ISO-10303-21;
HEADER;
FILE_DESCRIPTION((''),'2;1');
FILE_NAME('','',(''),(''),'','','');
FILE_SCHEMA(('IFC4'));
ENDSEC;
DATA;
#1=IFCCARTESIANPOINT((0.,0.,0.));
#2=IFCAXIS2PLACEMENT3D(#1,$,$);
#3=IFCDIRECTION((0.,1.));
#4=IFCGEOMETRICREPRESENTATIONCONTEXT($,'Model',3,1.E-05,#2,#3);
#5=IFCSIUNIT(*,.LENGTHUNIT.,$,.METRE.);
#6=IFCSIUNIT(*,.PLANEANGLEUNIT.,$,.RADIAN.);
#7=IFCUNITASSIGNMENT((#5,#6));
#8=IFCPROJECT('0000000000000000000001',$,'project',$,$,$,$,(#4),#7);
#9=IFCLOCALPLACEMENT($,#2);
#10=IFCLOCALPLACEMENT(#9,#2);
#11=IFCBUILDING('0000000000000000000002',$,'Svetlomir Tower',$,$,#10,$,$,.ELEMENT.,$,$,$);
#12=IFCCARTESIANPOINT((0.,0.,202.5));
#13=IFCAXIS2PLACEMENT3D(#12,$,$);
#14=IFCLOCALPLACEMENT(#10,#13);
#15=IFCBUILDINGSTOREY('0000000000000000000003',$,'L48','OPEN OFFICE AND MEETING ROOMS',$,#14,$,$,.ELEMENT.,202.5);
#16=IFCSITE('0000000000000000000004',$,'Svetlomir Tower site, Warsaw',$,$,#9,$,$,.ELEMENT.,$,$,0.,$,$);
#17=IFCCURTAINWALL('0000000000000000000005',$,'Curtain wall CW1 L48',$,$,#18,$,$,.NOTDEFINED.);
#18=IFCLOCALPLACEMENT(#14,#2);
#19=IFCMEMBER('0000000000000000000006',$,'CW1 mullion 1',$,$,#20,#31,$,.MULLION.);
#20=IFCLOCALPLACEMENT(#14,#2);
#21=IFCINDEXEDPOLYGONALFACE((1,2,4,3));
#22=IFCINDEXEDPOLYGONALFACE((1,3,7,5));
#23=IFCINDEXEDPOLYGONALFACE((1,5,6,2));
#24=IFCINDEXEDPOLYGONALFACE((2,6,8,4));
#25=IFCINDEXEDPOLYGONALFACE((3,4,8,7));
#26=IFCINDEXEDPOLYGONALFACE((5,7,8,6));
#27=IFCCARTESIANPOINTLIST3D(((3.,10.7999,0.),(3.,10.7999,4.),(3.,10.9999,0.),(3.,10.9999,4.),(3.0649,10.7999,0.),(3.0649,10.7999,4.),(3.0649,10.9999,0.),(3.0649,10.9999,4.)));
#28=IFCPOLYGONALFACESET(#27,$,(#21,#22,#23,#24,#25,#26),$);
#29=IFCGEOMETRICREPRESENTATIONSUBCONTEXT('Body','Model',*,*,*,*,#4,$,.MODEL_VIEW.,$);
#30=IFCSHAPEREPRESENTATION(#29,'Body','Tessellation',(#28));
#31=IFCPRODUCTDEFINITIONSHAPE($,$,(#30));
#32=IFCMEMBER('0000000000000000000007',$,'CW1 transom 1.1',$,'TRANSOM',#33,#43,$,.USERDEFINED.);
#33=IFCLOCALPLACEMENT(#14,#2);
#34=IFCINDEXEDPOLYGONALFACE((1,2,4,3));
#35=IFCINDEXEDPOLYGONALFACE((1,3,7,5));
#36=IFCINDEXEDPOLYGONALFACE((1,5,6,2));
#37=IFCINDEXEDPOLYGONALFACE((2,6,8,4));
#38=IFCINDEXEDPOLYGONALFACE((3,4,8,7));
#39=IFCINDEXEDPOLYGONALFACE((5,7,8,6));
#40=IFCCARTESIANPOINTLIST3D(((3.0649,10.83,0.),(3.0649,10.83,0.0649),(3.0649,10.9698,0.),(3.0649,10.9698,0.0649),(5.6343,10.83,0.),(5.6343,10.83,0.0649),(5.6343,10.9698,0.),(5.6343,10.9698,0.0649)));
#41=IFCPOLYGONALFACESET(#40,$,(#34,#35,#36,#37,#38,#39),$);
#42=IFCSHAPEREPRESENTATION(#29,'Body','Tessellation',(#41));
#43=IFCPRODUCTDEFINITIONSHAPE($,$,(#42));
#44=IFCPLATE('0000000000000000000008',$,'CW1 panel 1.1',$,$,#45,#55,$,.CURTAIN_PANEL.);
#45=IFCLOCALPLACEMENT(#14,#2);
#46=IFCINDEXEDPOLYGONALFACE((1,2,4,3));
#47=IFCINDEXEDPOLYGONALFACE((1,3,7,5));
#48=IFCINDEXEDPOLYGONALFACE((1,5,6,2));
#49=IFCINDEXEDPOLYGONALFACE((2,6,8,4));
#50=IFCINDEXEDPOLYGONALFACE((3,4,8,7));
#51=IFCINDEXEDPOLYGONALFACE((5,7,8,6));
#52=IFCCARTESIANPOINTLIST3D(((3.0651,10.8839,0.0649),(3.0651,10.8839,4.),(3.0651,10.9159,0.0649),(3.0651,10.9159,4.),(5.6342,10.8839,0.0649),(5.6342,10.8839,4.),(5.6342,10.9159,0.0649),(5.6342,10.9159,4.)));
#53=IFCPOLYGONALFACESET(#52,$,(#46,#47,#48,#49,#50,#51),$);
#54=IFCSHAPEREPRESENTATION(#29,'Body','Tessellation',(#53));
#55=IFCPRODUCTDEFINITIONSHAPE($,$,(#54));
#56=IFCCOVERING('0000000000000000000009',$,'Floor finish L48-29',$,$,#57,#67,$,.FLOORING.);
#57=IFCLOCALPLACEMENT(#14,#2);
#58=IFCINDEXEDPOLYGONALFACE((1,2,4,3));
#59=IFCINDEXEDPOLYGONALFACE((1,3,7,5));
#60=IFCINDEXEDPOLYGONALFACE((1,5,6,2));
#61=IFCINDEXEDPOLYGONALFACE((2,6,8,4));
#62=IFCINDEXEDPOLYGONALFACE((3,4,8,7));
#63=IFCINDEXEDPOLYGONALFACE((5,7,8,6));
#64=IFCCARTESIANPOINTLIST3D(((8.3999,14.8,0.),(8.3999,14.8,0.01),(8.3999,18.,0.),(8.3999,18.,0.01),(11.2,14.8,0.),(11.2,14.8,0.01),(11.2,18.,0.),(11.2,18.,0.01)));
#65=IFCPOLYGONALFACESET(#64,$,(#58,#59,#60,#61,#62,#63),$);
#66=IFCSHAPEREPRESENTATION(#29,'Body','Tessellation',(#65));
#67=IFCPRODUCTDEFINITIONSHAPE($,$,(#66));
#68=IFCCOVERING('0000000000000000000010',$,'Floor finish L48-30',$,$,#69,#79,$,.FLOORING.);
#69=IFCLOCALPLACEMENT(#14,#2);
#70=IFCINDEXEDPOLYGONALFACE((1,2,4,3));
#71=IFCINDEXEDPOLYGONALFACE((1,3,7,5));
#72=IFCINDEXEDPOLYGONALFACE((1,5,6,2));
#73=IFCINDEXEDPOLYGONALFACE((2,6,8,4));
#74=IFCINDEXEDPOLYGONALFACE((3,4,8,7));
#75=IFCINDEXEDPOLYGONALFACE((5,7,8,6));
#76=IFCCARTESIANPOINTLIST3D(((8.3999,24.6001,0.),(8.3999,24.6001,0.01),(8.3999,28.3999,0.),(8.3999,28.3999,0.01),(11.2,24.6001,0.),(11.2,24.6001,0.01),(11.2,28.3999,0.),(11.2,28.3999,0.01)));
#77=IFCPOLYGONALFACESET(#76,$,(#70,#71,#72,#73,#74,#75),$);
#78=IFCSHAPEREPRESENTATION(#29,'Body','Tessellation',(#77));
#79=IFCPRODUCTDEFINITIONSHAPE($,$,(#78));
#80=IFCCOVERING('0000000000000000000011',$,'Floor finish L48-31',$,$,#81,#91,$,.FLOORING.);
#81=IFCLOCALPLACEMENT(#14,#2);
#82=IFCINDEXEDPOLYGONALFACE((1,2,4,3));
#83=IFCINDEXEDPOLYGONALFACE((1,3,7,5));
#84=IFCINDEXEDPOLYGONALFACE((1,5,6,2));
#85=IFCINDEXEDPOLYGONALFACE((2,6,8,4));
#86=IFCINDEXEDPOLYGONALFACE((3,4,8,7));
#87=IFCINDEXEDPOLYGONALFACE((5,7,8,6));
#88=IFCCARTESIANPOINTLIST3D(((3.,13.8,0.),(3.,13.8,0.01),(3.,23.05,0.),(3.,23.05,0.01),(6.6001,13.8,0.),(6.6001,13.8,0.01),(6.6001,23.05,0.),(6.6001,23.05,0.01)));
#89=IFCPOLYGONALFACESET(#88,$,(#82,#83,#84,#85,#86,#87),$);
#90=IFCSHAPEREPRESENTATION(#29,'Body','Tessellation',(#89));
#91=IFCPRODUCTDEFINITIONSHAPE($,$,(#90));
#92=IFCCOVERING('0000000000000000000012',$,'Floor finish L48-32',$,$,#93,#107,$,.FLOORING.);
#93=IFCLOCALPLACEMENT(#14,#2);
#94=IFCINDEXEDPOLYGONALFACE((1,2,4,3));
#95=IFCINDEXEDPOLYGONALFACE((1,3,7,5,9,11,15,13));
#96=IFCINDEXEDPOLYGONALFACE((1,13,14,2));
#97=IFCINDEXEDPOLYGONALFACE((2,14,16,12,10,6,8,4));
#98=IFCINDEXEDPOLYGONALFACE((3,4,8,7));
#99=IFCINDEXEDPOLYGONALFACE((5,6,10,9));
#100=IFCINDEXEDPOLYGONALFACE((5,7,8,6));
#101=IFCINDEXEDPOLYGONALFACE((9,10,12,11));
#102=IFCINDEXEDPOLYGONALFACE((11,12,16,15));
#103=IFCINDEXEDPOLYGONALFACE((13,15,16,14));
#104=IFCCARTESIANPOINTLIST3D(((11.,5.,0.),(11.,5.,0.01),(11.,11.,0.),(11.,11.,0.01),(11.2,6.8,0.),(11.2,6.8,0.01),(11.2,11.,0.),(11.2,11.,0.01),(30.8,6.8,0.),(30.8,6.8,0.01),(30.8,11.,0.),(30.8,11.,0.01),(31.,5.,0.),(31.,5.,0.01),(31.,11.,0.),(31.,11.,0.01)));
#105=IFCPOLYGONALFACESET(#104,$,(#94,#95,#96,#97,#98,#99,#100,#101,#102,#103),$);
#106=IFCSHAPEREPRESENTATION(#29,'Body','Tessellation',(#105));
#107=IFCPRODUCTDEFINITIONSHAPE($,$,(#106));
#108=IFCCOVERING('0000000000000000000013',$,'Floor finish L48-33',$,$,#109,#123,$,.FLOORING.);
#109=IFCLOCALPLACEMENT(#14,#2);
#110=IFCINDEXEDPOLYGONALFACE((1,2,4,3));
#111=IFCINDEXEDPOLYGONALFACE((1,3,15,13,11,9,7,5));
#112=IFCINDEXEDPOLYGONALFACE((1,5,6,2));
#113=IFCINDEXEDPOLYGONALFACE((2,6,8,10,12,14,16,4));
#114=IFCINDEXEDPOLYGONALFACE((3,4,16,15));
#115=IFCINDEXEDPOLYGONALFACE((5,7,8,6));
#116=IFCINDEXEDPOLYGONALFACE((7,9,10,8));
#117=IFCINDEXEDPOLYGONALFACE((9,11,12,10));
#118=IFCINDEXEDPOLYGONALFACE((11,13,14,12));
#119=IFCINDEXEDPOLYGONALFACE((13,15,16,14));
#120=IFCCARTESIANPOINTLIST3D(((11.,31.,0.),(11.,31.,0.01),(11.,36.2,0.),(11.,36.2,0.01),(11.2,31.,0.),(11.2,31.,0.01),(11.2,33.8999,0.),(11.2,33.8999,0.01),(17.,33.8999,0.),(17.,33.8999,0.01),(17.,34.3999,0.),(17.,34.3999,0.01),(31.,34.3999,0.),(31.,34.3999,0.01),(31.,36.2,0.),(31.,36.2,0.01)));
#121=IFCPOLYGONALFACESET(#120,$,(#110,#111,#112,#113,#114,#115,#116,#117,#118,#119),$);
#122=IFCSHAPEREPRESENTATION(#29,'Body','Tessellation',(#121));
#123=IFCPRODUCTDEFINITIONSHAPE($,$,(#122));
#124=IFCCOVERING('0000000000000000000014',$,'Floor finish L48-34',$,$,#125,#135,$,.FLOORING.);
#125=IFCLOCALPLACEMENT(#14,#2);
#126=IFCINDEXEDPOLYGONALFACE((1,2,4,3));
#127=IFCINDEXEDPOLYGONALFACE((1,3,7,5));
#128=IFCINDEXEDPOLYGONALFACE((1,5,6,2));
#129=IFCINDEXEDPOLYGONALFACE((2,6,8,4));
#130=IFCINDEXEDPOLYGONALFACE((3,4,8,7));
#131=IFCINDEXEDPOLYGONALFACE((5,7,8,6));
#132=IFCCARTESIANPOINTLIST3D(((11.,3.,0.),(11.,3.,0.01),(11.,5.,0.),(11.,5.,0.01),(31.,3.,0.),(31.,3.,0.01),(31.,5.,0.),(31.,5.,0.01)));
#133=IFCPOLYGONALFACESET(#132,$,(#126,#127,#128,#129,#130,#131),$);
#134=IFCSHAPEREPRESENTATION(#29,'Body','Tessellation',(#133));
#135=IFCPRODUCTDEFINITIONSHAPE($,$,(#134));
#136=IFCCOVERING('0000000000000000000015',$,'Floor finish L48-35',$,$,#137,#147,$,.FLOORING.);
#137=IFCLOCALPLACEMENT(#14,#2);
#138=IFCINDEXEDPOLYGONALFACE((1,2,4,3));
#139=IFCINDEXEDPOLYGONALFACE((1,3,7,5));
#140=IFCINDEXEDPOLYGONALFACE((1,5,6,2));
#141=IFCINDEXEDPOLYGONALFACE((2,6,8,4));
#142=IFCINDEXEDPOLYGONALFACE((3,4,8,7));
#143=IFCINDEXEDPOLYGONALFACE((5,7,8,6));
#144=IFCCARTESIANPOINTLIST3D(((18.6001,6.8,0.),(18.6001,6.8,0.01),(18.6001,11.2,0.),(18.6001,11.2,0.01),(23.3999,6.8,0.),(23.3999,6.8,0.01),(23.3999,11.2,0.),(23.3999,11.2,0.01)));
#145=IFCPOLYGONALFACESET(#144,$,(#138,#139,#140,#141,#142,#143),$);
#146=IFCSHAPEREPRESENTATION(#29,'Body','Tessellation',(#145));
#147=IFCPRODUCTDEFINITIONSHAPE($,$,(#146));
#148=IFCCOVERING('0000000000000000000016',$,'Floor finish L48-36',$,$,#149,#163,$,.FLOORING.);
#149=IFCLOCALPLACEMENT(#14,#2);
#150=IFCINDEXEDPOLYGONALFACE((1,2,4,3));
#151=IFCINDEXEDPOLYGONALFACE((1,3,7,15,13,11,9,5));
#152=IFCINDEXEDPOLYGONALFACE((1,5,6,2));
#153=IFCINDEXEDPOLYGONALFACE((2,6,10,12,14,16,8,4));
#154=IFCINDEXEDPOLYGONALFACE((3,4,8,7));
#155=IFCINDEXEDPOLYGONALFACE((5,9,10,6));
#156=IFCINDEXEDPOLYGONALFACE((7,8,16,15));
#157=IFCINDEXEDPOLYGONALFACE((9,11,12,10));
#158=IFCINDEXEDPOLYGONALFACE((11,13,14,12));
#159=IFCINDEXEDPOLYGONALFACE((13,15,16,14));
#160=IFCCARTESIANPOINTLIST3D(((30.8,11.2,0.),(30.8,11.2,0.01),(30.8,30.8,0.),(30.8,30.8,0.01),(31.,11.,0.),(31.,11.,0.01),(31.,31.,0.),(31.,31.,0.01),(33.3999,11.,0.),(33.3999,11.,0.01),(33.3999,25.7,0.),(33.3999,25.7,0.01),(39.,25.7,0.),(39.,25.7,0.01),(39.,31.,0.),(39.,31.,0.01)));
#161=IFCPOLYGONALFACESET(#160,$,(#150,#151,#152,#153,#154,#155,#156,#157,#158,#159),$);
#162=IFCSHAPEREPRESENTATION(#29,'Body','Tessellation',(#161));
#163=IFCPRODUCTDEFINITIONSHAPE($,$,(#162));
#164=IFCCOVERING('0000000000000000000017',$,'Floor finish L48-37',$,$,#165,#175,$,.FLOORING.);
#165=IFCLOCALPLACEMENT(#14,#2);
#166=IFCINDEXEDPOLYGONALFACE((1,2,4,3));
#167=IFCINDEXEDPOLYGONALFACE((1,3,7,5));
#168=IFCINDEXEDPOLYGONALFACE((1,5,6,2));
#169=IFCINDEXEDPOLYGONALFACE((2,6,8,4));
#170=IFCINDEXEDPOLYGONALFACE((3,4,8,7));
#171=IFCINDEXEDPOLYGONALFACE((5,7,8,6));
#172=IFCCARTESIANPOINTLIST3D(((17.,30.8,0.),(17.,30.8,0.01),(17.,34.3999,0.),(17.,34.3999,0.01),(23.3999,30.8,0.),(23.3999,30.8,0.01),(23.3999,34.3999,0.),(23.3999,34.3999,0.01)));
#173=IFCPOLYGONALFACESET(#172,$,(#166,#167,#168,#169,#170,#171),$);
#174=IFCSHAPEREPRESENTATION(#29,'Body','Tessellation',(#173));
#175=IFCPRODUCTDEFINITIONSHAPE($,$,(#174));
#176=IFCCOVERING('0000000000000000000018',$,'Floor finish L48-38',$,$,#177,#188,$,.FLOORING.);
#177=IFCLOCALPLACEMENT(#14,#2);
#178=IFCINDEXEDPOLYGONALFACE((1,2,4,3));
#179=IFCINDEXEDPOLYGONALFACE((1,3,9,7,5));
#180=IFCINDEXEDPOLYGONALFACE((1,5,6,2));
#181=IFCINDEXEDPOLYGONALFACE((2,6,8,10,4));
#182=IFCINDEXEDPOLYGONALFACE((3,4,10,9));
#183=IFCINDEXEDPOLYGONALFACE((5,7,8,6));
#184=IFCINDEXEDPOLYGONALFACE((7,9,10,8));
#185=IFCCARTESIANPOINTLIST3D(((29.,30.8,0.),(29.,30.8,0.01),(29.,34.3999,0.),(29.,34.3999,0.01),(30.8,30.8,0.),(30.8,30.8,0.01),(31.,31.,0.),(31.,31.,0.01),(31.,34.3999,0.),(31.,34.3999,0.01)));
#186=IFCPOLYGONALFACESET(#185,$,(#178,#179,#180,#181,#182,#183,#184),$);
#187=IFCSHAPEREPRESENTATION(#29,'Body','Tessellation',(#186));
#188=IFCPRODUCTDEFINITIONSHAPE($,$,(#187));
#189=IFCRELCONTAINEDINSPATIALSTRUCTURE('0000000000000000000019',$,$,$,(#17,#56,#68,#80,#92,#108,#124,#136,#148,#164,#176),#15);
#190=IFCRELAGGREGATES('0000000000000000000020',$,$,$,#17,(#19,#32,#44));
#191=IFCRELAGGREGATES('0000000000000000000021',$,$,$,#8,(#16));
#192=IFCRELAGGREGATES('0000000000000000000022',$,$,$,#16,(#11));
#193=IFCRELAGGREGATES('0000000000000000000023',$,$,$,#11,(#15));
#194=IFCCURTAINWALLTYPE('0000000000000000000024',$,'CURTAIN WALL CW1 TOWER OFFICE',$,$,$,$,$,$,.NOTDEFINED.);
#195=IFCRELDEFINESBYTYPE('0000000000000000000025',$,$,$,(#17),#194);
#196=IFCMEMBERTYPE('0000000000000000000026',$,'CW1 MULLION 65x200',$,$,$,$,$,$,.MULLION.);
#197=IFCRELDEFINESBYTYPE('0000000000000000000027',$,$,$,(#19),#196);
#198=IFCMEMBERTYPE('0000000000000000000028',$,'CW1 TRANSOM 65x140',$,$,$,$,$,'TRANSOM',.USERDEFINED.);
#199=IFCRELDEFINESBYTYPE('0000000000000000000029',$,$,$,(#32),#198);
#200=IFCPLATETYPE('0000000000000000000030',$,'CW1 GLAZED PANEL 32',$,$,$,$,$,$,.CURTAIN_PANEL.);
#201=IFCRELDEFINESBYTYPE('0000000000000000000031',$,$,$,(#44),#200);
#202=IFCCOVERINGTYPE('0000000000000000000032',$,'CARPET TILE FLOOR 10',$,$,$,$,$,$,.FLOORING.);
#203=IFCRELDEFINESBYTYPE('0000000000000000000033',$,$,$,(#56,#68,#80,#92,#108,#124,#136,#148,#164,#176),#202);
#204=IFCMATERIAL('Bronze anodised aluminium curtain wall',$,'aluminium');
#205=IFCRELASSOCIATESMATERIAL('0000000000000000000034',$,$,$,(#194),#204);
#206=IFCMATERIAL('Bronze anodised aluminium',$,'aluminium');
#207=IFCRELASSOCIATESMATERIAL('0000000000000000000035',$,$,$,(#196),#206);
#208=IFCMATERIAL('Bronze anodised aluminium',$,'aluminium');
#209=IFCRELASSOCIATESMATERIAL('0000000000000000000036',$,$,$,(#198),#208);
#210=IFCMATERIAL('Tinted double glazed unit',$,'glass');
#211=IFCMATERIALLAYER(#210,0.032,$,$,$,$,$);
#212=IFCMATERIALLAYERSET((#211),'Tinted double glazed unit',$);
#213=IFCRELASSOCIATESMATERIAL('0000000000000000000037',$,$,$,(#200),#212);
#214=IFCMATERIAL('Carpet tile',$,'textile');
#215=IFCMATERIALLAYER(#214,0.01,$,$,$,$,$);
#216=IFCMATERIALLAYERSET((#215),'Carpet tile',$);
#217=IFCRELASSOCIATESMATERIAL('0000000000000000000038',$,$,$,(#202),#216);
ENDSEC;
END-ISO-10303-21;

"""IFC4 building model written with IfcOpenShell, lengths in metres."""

from ifc_helpers import new_model, si_unit, direction, frame, origin, origin_2d, place, context, subcontext, project, spatial, polyline, rectangle, outline, extrude, material, layer, layer_set, material_profile, profile_set, type_object, element, aggregate, save


model = new_model("IFC4")

# Units and contexts
model_context = context("Model", 3, precision=1e-05, world=origin(), true_north=direction((0.0, 1.0)))
body_context = subcontext(model_context, "Body", "Model", "MODEL_VIEW")
ifc_project = project(units=[si_unit("LENGTHUNIT", "METRE"), si_unit("PLANEANGLEUNIT", "RADIAN")], contexts=[model_context])

# Site, building, storey
site_placement = place(None, origin())
site = spatial("IfcSite", under=ifc_project, at=site_placement, Name="Svetlomir Tower site, Warsaw", CompositionType="ELEMENT", RefElevation=0.0)
building_placement = place(site_placement, origin())
building = spatial("IfcBuilding", under=site, at=building_placement, Name="Svetlomir Tower", CompositionType="ELEMENT")
storey_placement = place(building_placement, frame((0.0, 0.0, 202.5)))
storey = spatial("IfcBuildingStorey", under=building, at=storey_placement, Name="L48", Description="OPEN OFFICE AND MEETING ROOMS", CompositionType="ELEMENT", Elevation=202.5)

# Curtain wall, members, plate
ifc_material_1 = material(Name="Bronze anodised aluminium curtain wall", Category="aluminium")
curtain_wall_type = type_object("IfcCurtainWallType", Name="CURTAIN WALL CW1 TOWER OFFICE", PredefinedType="NOTDEFINED", material=ifc_material_1)
curtain_wall_placement = place(storey_placement, origin())
curtain_wall = element("IfcCurtainWall", 1, at=curtain_wall_placement, inside=storey, type_object=curtain_wall_type, Name="Curtain wall CW1 L48", PredefinedType="NOTDEFINED")
ifc_material_2 = material(Name="Bronze anodised aluminium", Category="aluminium")
ifc_material_profile_1 = material_profile(ifc_material_2, rectangle(XDim=0.0649, YDim=0.2, at=origin_2d()), Name="AL 65x200")
ifc_profile_set_1 = profile_set([ifc_material_profile_1], Name="Bronze anodised aluminium 6063-T6")
member_type_1 = type_object("IfcMemberType", Name="CW1 MULLION 65x200", PredefinedType="MULLION", material=ifc_profile_set_1)
member_1_placement = place(storey_placement, frame((3.0325, 10.8999, 0.0), z_axis=(0.0, 0.0, 1.0), x_axis=(1.0, 0.0, 0.0)))
member_1 = element("IfcMember", 2, at=member_1_placement, type_object=member_type_1, Name="CW1 mullion 1", PredefinedType="MULLION", context=body_context, shape_type="SweptSolid", body=[
    extrude(rectangle(XDim=0.0649, YDim=0.2, at=origin_2d()), origin(), (0.0, 0.0, 1.0), 4.0),
])
ifc_material_3 = material(Name="Bronze anodised aluminium", Category="aluminium")
ifc_material_profile_2 = material_profile(ifc_material_3, rectangle(XDim=0.1399, YDim=0.0649, at=origin_2d()), Name="AL 140x65")
ifc_profile_set_2 = profile_set([ifc_material_profile_2], Name="Bronze anodised aluminium 6063-T6")
member_type_2 = type_object("IfcMemberType", Name="CW1 TRANSOM 65x140", ElementType="TRANSOM", PredefinedType="USERDEFINED", material=ifc_profile_set_2)
member_2_placement = place(storey_placement, frame((3.0649, 10.8999, 0.0325), z_axis=(1.0, 0.0, 0.0), x_axis=(0.0, 1.0, 0.0)))
member_2 = element("IfcMember", 3, at=member_2_placement, type_object=member_type_2, Name="CW1 transom 1.1", ObjectType="TRANSOM", PredefinedType="USERDEFINED", context=body_context, shape_type="SweptSolid", body=[
    extrude(rectangle(XDim=0.1399, YDim=0.0649, at=origin_2d()), origin(), (0.0, 0.0, 1.0), 2.5693),
])
ifc_material_4 = material(Name="Tinted double glazed unit", Category="glass")
ifc_layer_1 = layer(ifc_material_4, 0.032)
ifc_layer_set_1 = layer_set([ifc_layer_1], Name="Tinted double glazed unit")
plate_type = type_object("IfcPlateType", Name="CW1 GLAZED PANEL 32", PredefinedType="CURTAIN_PANEL", material=ifc_layer_set_1)
plate_placement = place(storey_placement, frame((4.3496, 10.8999, 0.0649), z_axis=(0.0, 0.0, 1.0), x_axis=(1.0, 0.0, 0.0)))
plate = element("IfcPlate", 4, at=plate_placement, type_object=plate_type, Name="CW1 panel 1.1", PredefinedType="CURTAIN_PANEL", context=body_context, shape_type="SweptSolid", body=[
    extrude(rectangle(XDim=2.5691, YDim=0.032, at=origin_2d()), origin(), (0.0, 0.0, 1.0), 3.9351),
])
aggregate(curtain_wall, [member_1, member_2, plate])

# Coverings
ifc_material_5 = material(Name="Carpet tile", Category="textile")
ifc_layer_2 = layer(ifc_material_5, 0.01)
ifc_layer_set_2 = layer_set([ifc_layer_2], Name="Carpet tile")
covering_type_1 = type_object("IfcCoveringType", Name="CARPET TILE FLOOR 10", PredefinedType="FLOORING", material=ifc_layer_set_2)
covering_1_placement = place(storey_placement, origin())
element("IfcCovering", 5, at=covering_1_placement, inside=storey, type_object=covering_type_1, Name="Floor finish L48-29", PredefinedType="FLOORING", context=body_context, shape_type="SweptSolid", body=[
    extrude(outline(polyline([(8.3999, 14.8), (11.2, 14.8), (11.2, 18.0), (8.3999, 18.0), (8.3999, 14.8)])), origin(), (0.0, 0.0, 1.0), 0.01),
])
covering_2_placement = place(storey_placement, origin())
element("IfcCovering", 6, at=covering_2_placement, inside=storey, type_object=covering_type_1, Name="Floor finish L48-30", PredefinedType="FLOORING", context=body_context, shape_type="SweptSolid", body=[
    extrude(outline(polyline([(8.3999, 24.6001), (11.2, 24.6001), (11.2, 28.3999), (8.3999, 28.3999), (8.3999, 24.6001)])), origin(), (0.0, 0.0, 1.0), 0.01),
])
covering_3_placement = place(storey_placement, origin())
element("IfcCovering", 7, at=covering_3_placement, inside=storey, type_object=covering_type_1, Name="Floor finish L48-31", PredefinedType="FLOORING", context=body_context, shape_type="SweptSolid", body=[
    extrude(outline(polyline([(3.0, 13.8), (6.6001, 13.8), (6.6001, 23.05), (3.0, 23.05), (3.0, 13.8)])), origin(), (0.0, 0.0, 1.0), 0.01),
])
covering_4_placement = place(storey_placement, origin())
element("IfcCovering", 8, at=covering_4_placement, inside=storey, type_object=covering_type_1, Name="Floor finish L48-32", PredefinedType="FLOORING", context=body_context, shape_type="SweptSolid", body=[
    extrude(outline(polyline([(11.0, 11.0), (11.2, 11.0), (11.2, 6.8), (30.8, 6.8), (30.8, 11.0), (31.0, 11.0), (31.0, 5.0), (11.0, 5.0), (11.0, 11.0)])), origin(), (0.0, 0.0, 1.0), 0.01),
])
covering_5_placement = place(storey_placement, origin())
element("IfcCovering", 9, at=covering_5_placement, inside=storey, type_object=covering_type_1, Name="Floor finish L48-33", PredefinedType="FLOORING", context=body_context, shape_type="SweptSolid", body=[
    extrude(outline(polyline([(11.2, 31.0), (11.0, 31.0), (11.0, 36.2), (31.0, 36.2), (31.0, 34.3999), (17.0, 34.3999), (17.0, 33.8999), (11.2, 33.8999), (11.2, 31.0)])), origin(), (0.0, 0.0, 1.0), 0.01),
])
covering_6_placement = place(storey_placement, origin())
element("IfcCovering", 10, at=covering_6_placement, inside=storey, type_object=covering_type_1, Name="Floor finish L48-34", PredefinedType="FLOORING", context=body_context, shape_type="SweptSolid", body=[
    extrude(outline(polyline([(11.0, 3.0), (11.0, 5.0), (31.0, 5.0), (31.0, 3.0), (11.0, 3.0)])), origin(), (0.0, 0.0, 1.0), 0.01),
])
covering_7_placement = place(storey_placement, origin())
element("IfcCovering", 11, at=covering_7_placement, inside=storey, type_object=covering_type_1, Name="Floor finish L48-35", PredefinedType="FLOORING", context=body_context, shape_type="SweptSolid", body=[
    extrude(outline(polyline([(23.3999, 6.8), (18.6001, 6.8), (18.6001, 11.2), (23.3999, 11.2), (23.3999, 6.8)])), origin(), (0.0, 0.0, 1.0), 0.01),
])
covering_8_placement = place(storey_placement, origin())
element("IfcCovering", 12, at=covering_8_placement, inside=storey, type_object=covering_type_1, Name="Floor finish L48-36", PredefinedType="FLOORING", context=body_context, shape_type="SweptSolid", body=[
    extrude(outline(polyline([(39.0, 31.0), (39.0, 25.7), (33.3999, 25.7), (33.3999, 11.0), (31.0, 11.0), (30.8, 11.2), (30.8, 30.8), (31.0, 31.0), (39.0, 31.0)])), origin(), (0.0, 0.0, 1.0), 0.01),
])
covering_9_placement = place(storey_placement, origin())
element("IfcCovering", 13, at=covering_9_placement, inside=storey, type_object=covering_type_1, Name="Floor finish L48-37", PredefinedType="FLOORING", context=body_context, shape_type="SweptSolid", body=[
    extrude(outline(polyline([(17.0, 30.8), (17.0, 34.3999), (23.3999, 34.3999), (23.3999, 30.8), (17.0, 30.8)])), origin(), (0.0, 0.0, 1.0), 0.01),
])
covering_10_placement = place(storey_placement, origin())
element("IfcCovering", 14, at=covering_10_placement, inside=storey, type_object=covering_type_1, Name="Floor finish L48-38", PredefinedType="FLOORING", context=body_context, shape_type="SweptSolid", body=[
    extrude(outline(polyline([(29.0, 30.8), (29.0, 34.3999), (31.0, 34.3999), (31.0, 31.0), (30.8, 30.8), (29.0, 30.8)])), origin(), (0.0, 0.0, 1.0), 0.01),
])

save(model, "model.ifc")
